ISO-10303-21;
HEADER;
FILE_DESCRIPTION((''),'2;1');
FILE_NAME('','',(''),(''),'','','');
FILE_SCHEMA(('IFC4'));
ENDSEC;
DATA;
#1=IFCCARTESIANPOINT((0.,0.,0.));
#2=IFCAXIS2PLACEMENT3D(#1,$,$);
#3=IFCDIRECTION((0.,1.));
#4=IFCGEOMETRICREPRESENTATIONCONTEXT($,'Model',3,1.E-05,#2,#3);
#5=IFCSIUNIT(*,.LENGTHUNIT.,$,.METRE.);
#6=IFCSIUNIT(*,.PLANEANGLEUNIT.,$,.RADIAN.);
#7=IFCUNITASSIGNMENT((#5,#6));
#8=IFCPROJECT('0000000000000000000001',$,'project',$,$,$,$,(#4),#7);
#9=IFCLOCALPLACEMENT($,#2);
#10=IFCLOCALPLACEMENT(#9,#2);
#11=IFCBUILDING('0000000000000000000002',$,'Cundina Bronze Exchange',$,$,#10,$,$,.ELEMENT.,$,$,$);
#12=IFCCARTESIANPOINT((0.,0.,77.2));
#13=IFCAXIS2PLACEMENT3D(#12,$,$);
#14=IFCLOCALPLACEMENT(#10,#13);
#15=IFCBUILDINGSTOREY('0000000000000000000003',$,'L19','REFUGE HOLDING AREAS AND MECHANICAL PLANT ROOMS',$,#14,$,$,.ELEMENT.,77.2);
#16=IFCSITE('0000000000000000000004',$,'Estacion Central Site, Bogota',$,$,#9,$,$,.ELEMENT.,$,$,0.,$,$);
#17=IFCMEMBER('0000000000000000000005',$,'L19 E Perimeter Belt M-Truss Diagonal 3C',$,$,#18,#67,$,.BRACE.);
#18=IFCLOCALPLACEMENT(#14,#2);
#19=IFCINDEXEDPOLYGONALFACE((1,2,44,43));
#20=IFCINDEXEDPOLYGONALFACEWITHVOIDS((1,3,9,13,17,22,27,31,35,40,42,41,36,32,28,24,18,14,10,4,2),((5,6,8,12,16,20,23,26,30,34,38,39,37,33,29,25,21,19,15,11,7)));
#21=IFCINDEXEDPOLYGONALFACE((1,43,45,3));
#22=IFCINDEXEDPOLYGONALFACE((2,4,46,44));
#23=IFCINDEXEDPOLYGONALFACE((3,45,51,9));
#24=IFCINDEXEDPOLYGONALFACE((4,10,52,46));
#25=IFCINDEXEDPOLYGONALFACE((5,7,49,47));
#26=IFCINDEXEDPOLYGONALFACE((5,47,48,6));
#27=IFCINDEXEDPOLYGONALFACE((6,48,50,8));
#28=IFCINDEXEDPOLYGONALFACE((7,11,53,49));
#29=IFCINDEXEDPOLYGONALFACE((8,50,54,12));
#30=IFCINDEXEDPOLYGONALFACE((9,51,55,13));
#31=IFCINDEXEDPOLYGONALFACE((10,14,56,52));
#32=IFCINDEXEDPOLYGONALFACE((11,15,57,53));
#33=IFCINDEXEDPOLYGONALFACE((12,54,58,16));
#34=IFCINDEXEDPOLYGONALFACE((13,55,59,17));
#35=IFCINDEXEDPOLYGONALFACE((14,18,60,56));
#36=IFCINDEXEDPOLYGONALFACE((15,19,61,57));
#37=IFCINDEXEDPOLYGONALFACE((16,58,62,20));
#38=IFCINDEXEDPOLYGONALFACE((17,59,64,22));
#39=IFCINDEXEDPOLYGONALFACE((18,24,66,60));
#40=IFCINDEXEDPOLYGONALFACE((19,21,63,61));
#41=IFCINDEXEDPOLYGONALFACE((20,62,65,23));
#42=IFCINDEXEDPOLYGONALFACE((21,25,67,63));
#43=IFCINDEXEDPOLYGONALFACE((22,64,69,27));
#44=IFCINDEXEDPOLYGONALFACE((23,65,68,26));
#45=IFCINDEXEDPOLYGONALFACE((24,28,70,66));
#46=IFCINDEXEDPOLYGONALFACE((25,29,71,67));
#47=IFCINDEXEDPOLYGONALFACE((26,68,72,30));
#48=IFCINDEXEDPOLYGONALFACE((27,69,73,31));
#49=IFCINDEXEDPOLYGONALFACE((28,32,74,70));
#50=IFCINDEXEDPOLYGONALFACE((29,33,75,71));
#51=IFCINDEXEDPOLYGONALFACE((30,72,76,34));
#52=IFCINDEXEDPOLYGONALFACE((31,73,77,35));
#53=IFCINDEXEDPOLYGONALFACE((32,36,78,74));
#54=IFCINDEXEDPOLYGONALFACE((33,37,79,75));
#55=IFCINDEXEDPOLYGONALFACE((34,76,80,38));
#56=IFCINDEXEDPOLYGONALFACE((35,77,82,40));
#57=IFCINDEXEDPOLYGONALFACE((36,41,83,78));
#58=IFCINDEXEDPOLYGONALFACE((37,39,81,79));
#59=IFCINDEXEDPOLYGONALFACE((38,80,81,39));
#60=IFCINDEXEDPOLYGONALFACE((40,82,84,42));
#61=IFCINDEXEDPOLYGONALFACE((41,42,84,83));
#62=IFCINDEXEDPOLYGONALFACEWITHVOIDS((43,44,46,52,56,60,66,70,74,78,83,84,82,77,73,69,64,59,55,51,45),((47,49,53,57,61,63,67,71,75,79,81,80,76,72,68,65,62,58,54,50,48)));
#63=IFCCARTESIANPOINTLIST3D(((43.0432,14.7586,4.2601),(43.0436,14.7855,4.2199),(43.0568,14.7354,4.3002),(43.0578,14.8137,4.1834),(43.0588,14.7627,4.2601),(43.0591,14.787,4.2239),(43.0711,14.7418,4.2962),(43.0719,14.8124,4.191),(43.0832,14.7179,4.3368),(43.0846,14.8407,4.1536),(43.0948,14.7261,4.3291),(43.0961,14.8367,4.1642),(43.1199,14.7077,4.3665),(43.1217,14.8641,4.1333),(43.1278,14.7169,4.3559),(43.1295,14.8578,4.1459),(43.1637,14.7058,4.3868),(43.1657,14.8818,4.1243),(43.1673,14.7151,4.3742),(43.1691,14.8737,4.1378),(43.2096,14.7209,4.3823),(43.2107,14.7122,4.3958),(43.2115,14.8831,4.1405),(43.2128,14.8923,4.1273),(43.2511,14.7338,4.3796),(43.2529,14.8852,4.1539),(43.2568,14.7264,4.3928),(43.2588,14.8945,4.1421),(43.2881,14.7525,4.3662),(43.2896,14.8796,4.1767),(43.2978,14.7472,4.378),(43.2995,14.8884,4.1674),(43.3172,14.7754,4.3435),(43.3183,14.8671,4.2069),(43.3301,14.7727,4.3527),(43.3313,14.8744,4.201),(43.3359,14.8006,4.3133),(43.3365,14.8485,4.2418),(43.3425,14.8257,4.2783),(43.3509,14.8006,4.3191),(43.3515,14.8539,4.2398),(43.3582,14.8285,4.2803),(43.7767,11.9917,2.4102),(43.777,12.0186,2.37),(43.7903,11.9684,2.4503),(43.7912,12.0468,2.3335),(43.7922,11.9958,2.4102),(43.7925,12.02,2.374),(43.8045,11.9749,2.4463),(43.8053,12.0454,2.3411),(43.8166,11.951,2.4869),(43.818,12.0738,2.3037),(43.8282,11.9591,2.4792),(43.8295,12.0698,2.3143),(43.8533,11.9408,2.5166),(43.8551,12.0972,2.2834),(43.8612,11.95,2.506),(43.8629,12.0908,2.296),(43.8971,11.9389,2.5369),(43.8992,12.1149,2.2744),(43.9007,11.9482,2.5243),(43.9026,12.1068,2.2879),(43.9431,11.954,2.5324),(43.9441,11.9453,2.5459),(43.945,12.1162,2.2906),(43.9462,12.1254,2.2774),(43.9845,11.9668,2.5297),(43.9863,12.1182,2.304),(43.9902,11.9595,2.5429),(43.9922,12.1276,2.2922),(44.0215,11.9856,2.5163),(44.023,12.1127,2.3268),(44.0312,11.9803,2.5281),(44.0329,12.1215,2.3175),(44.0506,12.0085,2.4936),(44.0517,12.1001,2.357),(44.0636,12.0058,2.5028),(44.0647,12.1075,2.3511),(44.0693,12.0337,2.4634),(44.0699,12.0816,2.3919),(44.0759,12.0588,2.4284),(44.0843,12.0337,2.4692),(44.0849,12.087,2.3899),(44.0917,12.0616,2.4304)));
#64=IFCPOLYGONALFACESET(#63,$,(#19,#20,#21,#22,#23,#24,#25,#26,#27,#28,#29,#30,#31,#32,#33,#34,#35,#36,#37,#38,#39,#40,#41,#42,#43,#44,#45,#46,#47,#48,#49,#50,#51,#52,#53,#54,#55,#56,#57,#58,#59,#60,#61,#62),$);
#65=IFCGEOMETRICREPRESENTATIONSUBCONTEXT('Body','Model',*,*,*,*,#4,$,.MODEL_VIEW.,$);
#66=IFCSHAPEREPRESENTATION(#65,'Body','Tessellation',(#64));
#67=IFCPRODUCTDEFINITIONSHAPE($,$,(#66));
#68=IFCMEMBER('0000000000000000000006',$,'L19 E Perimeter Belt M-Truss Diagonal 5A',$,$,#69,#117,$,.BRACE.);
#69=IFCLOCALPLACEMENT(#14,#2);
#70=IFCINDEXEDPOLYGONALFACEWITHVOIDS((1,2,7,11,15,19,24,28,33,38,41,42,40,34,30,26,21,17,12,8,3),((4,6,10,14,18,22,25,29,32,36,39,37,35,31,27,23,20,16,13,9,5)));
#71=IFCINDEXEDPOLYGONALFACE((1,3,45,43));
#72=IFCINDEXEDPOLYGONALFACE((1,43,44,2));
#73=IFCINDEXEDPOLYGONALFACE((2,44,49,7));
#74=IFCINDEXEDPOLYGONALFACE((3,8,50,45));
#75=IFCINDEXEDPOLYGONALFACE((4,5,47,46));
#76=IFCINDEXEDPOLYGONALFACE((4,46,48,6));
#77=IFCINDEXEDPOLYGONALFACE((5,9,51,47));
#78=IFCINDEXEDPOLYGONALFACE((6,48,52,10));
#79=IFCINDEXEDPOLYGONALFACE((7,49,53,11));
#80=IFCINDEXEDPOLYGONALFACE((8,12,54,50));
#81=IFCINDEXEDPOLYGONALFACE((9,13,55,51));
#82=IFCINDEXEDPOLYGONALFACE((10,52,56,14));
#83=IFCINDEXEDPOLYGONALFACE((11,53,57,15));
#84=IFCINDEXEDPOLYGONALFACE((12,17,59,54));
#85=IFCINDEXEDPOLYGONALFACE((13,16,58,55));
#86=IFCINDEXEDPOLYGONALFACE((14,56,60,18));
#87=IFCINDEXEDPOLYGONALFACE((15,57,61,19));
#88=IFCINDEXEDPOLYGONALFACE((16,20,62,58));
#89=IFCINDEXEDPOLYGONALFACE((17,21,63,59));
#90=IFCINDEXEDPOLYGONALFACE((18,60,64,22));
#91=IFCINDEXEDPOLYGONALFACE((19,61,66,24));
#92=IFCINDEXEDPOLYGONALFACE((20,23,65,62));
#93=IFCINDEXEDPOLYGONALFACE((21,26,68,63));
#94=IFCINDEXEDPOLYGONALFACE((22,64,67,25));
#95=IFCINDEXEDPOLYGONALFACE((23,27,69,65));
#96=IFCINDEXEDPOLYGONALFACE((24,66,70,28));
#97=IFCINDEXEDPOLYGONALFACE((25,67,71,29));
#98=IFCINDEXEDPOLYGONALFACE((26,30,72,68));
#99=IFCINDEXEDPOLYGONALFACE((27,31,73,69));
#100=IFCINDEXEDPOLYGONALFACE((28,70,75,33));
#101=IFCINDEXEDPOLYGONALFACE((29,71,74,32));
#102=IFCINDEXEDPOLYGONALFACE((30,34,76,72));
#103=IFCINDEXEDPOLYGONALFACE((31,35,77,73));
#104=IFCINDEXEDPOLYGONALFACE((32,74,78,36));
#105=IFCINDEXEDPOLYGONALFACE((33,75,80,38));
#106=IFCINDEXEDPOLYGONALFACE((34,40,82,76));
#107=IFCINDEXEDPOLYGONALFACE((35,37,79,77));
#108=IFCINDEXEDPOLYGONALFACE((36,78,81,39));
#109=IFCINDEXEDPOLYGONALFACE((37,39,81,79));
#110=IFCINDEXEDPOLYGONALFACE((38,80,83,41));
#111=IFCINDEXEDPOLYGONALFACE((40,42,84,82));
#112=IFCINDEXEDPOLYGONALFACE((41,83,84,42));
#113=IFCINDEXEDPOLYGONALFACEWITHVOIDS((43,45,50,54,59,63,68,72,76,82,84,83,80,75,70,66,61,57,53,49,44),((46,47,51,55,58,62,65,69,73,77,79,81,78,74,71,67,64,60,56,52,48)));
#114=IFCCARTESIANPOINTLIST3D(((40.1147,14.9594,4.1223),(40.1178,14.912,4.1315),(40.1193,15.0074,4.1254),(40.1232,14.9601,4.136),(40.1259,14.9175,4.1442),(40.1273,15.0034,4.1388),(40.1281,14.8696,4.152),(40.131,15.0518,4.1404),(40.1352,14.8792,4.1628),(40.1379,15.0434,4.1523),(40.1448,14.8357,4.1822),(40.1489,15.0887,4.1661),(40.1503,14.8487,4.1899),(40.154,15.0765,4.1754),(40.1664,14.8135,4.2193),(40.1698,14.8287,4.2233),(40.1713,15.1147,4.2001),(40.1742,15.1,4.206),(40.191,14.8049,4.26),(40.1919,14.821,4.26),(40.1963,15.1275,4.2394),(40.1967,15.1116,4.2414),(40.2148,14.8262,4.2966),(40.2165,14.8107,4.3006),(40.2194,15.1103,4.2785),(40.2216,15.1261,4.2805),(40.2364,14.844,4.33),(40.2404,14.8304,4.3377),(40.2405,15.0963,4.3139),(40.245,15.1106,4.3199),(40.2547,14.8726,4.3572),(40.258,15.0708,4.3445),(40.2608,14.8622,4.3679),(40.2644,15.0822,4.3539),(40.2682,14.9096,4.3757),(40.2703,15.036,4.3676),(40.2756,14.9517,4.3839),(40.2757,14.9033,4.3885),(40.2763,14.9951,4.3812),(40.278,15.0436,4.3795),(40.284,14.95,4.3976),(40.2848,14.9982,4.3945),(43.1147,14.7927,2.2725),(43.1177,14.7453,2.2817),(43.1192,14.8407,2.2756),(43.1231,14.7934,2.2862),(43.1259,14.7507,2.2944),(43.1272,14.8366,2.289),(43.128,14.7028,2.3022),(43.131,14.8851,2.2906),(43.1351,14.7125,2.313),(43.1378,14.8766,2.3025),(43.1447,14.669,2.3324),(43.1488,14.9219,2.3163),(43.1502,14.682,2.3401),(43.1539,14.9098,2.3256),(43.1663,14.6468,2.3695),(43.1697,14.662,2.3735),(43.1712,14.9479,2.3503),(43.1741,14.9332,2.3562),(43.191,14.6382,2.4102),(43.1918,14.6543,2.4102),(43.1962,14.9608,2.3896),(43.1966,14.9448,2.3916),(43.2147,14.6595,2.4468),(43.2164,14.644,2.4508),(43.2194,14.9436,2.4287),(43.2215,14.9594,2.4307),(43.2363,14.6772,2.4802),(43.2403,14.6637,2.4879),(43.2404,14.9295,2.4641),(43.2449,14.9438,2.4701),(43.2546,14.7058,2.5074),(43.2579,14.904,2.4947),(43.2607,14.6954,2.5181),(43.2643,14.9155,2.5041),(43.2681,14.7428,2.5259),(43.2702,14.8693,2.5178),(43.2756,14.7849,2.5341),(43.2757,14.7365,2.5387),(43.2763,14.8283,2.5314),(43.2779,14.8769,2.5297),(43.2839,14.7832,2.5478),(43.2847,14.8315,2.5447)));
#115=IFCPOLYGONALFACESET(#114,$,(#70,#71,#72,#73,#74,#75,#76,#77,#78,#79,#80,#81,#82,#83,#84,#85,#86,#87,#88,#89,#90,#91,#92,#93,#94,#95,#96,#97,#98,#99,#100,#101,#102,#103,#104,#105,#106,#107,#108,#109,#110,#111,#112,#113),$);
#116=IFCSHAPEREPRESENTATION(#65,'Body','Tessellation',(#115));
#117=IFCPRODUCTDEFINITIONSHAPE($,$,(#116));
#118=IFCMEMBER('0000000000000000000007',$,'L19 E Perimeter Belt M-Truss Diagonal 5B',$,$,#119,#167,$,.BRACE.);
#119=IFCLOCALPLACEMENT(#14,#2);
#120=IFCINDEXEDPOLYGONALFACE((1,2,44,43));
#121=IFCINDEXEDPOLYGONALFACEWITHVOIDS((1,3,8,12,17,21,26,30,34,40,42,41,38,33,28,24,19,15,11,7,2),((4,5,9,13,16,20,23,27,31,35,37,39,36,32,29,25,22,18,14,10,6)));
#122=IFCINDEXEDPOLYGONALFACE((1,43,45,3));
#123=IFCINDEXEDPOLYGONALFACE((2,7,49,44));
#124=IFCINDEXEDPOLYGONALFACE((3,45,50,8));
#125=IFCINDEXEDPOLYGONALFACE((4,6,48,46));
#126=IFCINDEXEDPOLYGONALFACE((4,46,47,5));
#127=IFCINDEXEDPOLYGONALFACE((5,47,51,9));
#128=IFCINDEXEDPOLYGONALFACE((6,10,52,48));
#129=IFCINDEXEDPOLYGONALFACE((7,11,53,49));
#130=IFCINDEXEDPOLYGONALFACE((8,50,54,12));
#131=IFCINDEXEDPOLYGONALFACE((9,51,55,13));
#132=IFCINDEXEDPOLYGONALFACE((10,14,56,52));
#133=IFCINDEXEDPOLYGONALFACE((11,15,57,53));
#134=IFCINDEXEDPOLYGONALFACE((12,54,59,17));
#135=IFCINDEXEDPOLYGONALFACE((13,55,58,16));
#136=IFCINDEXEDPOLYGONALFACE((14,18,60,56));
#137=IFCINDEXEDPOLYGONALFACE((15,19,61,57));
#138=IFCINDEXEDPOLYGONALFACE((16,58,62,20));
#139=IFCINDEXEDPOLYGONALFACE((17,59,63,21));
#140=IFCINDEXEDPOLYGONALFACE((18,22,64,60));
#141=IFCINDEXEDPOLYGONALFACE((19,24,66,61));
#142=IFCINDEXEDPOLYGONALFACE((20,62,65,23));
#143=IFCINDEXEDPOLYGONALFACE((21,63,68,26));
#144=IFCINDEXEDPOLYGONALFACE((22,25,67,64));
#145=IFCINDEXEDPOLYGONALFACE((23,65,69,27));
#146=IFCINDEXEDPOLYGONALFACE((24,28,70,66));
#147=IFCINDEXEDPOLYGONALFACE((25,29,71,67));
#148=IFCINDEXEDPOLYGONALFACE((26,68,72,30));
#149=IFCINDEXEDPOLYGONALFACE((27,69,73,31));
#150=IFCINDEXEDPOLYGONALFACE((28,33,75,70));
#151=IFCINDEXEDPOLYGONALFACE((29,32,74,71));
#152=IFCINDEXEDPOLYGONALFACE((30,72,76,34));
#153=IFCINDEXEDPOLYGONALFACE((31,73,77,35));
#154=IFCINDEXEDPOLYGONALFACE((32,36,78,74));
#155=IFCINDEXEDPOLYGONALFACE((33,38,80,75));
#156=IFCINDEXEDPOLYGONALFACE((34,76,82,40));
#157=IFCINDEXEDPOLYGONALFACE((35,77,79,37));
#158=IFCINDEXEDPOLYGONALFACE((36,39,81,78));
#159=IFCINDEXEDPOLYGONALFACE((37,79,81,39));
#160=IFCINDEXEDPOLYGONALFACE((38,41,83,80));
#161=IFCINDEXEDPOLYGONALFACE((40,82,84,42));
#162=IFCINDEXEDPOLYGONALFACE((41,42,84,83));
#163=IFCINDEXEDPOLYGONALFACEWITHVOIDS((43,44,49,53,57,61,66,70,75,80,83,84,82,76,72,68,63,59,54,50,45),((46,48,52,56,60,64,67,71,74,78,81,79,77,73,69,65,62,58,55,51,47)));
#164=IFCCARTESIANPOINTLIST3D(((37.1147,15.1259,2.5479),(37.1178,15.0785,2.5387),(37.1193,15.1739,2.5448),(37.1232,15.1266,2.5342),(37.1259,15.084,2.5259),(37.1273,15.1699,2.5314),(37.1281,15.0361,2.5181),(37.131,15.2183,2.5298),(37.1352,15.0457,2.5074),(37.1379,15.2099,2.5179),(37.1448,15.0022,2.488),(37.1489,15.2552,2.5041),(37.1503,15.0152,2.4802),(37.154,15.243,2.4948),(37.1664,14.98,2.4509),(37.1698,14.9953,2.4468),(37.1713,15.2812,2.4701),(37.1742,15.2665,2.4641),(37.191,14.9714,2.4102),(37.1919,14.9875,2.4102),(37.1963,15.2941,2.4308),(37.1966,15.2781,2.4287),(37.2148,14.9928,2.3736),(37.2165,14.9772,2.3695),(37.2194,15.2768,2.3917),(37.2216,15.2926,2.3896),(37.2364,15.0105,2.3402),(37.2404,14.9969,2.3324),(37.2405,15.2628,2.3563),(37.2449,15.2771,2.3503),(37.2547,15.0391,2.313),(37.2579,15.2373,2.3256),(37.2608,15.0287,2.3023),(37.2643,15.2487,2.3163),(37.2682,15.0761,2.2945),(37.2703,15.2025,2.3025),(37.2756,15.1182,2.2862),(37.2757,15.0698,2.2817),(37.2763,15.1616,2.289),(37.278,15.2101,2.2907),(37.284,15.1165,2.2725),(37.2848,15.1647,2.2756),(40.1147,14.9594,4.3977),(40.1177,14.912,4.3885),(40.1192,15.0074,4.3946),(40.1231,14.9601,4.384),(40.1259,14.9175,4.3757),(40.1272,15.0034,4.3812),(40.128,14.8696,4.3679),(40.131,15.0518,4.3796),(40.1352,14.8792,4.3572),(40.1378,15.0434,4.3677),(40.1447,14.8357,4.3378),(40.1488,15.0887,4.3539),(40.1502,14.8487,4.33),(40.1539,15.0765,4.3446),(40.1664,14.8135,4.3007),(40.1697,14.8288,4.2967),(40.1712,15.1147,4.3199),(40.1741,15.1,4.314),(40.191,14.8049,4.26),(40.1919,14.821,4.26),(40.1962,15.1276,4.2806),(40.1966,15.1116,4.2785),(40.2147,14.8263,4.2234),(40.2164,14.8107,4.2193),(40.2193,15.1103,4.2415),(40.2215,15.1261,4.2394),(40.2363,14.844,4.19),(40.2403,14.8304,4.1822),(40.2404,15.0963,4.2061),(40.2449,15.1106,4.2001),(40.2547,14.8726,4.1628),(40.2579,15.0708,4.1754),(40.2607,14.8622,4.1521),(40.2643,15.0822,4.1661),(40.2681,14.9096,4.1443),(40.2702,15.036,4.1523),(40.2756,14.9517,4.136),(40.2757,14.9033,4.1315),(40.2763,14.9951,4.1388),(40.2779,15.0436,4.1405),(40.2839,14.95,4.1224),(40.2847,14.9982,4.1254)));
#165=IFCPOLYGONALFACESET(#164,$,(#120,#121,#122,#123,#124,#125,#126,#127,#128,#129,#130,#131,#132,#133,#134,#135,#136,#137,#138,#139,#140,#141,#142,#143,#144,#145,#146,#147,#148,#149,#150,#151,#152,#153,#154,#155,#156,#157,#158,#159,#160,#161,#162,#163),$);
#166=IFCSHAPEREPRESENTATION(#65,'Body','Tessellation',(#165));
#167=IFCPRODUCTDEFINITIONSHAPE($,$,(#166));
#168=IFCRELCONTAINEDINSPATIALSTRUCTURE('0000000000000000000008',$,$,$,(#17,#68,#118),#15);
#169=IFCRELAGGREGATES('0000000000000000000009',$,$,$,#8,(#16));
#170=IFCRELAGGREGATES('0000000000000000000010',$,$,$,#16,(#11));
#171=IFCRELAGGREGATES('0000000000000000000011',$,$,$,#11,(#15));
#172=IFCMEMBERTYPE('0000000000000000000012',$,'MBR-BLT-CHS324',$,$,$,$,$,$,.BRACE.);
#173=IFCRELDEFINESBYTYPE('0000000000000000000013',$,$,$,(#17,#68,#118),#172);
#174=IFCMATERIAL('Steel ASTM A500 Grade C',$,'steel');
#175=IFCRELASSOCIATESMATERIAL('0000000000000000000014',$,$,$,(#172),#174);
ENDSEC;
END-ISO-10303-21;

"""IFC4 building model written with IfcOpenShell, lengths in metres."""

from ifc_helpers import new_model, si_unit, direction, frame, origin, origin_2d, place, context, subcontext, project, spatial, hollow_circle, extrude, material, material_profile, profile_set, type_object, element, save


model = new_model("IFC4")

# Units and contexts
model_context = context("Model", 3, precision=1e-05, world=origin(), true_north=direction((0.0, 1.0)))
body_context = subcontext(model_context, "Body", "Model", "MODEL_VIEW")
ifc_project = project(units=[si_unit("LENGTHUNIT", "METRE"), si_unit("PLANEANGLEUNIT", "RADIAN")], contexts=[model_context])

# Site, building, storey
site_placement = place(None, origin())
site = spatial("IfcSite", under=ifc_project, at=site_placement, Name="Estacion Central Site, Bogota", CompositionType="ELEMENT", RefElevation=0.0)
building_placement = place(site_placement, origin())
building = spatial("IfcBuilding", under=site, at=building_placement, Name="Cundina Bronze Exchange", CompositionType="ELEMENT")
storey_placement = place(building_placement, frame((0.0, 0.0, 77.2)))
storey = spatial("IfcBuildingStorey", under=building, at=storey_placement, Name="L19", Description="REFUGE HOLDING AREAS AND MECHANICAL PLANT ROOMS", CompositionType="ELEMENT", Elevation=77.2)

# Members
ifc_material_1 = material(Name="Steel ASTM A500 Grade C", Category="steel")
ifc_material_profile_1 = material_profile(ifc_material_1, hollow_circle(Radius=0.1621, WallThickness=0.0161, at=origin_2d()), Name="CHS324X16", Category="steel")
ifc_profile_set_1 = profile_set([ifc_material_profile_1], Name="Steel ASTM A500 Grade C")
member_type_1 = type_object("IfcMemberType", Name="MBR-BLT-CHS324", PredefinedType="BRACE", material=ifc_profile_set_1)
member_1_placement = place(storey_placement, frame((43.9333, 12.0332, 2.4102), z_axis=(-0.215192, 0.81184, 0.542779), x_axis=(-0.966619, -0.256218, 0.0)))
element("IfcMember", 1, at=member_1_placement, inside=storey, type_object=member_type_1, Name="L19 E Perimeter Belt M-Truss Diagonal 3C", PredefinedType="BRACE", context=body_context, shape_type="SweptSolid", body=[
    extrude(hollow_circle(Radius=0.1621, WallThickness=0.0161, at=origin_2d()), origin(), (0.0, 0.0, 1.0), 3.4082),
])
for number, where, z_axis, x_axis, name in (
    (2, (43.2, 14.8, 2.4102), (-0.850238, 0.047259, 0.524272), (-0.055497, -0.998459, 0.0), "L19 E Perimeter Belt M-Truss Diagonal 5A"),
    (3, (40.2, 14.9668, 4.26), (-0.850241, 0.047189, -0.524274), (-0.055416, -0.998463, 0.0), "L19 E Perimeter Belt M-Truss Diagonal 5B"),
):
    element("IfcMember", number, at=place(storey_placement, frame(where, z_axis=z_axis, x_axis=x_axis)), inside=storey, type_object=member_type_1, Name=name, PredefinedType="BRACE", context=body_context, shape_type="SweptSolid", body=[
        extrude(hollow_circle(Radius=0.1621, WallThickness=0.0161, at=origin_2d()), origin(), (0.0, 0.0, 1.0), 3.5283),
    ])

save(model, "model.ifc")
